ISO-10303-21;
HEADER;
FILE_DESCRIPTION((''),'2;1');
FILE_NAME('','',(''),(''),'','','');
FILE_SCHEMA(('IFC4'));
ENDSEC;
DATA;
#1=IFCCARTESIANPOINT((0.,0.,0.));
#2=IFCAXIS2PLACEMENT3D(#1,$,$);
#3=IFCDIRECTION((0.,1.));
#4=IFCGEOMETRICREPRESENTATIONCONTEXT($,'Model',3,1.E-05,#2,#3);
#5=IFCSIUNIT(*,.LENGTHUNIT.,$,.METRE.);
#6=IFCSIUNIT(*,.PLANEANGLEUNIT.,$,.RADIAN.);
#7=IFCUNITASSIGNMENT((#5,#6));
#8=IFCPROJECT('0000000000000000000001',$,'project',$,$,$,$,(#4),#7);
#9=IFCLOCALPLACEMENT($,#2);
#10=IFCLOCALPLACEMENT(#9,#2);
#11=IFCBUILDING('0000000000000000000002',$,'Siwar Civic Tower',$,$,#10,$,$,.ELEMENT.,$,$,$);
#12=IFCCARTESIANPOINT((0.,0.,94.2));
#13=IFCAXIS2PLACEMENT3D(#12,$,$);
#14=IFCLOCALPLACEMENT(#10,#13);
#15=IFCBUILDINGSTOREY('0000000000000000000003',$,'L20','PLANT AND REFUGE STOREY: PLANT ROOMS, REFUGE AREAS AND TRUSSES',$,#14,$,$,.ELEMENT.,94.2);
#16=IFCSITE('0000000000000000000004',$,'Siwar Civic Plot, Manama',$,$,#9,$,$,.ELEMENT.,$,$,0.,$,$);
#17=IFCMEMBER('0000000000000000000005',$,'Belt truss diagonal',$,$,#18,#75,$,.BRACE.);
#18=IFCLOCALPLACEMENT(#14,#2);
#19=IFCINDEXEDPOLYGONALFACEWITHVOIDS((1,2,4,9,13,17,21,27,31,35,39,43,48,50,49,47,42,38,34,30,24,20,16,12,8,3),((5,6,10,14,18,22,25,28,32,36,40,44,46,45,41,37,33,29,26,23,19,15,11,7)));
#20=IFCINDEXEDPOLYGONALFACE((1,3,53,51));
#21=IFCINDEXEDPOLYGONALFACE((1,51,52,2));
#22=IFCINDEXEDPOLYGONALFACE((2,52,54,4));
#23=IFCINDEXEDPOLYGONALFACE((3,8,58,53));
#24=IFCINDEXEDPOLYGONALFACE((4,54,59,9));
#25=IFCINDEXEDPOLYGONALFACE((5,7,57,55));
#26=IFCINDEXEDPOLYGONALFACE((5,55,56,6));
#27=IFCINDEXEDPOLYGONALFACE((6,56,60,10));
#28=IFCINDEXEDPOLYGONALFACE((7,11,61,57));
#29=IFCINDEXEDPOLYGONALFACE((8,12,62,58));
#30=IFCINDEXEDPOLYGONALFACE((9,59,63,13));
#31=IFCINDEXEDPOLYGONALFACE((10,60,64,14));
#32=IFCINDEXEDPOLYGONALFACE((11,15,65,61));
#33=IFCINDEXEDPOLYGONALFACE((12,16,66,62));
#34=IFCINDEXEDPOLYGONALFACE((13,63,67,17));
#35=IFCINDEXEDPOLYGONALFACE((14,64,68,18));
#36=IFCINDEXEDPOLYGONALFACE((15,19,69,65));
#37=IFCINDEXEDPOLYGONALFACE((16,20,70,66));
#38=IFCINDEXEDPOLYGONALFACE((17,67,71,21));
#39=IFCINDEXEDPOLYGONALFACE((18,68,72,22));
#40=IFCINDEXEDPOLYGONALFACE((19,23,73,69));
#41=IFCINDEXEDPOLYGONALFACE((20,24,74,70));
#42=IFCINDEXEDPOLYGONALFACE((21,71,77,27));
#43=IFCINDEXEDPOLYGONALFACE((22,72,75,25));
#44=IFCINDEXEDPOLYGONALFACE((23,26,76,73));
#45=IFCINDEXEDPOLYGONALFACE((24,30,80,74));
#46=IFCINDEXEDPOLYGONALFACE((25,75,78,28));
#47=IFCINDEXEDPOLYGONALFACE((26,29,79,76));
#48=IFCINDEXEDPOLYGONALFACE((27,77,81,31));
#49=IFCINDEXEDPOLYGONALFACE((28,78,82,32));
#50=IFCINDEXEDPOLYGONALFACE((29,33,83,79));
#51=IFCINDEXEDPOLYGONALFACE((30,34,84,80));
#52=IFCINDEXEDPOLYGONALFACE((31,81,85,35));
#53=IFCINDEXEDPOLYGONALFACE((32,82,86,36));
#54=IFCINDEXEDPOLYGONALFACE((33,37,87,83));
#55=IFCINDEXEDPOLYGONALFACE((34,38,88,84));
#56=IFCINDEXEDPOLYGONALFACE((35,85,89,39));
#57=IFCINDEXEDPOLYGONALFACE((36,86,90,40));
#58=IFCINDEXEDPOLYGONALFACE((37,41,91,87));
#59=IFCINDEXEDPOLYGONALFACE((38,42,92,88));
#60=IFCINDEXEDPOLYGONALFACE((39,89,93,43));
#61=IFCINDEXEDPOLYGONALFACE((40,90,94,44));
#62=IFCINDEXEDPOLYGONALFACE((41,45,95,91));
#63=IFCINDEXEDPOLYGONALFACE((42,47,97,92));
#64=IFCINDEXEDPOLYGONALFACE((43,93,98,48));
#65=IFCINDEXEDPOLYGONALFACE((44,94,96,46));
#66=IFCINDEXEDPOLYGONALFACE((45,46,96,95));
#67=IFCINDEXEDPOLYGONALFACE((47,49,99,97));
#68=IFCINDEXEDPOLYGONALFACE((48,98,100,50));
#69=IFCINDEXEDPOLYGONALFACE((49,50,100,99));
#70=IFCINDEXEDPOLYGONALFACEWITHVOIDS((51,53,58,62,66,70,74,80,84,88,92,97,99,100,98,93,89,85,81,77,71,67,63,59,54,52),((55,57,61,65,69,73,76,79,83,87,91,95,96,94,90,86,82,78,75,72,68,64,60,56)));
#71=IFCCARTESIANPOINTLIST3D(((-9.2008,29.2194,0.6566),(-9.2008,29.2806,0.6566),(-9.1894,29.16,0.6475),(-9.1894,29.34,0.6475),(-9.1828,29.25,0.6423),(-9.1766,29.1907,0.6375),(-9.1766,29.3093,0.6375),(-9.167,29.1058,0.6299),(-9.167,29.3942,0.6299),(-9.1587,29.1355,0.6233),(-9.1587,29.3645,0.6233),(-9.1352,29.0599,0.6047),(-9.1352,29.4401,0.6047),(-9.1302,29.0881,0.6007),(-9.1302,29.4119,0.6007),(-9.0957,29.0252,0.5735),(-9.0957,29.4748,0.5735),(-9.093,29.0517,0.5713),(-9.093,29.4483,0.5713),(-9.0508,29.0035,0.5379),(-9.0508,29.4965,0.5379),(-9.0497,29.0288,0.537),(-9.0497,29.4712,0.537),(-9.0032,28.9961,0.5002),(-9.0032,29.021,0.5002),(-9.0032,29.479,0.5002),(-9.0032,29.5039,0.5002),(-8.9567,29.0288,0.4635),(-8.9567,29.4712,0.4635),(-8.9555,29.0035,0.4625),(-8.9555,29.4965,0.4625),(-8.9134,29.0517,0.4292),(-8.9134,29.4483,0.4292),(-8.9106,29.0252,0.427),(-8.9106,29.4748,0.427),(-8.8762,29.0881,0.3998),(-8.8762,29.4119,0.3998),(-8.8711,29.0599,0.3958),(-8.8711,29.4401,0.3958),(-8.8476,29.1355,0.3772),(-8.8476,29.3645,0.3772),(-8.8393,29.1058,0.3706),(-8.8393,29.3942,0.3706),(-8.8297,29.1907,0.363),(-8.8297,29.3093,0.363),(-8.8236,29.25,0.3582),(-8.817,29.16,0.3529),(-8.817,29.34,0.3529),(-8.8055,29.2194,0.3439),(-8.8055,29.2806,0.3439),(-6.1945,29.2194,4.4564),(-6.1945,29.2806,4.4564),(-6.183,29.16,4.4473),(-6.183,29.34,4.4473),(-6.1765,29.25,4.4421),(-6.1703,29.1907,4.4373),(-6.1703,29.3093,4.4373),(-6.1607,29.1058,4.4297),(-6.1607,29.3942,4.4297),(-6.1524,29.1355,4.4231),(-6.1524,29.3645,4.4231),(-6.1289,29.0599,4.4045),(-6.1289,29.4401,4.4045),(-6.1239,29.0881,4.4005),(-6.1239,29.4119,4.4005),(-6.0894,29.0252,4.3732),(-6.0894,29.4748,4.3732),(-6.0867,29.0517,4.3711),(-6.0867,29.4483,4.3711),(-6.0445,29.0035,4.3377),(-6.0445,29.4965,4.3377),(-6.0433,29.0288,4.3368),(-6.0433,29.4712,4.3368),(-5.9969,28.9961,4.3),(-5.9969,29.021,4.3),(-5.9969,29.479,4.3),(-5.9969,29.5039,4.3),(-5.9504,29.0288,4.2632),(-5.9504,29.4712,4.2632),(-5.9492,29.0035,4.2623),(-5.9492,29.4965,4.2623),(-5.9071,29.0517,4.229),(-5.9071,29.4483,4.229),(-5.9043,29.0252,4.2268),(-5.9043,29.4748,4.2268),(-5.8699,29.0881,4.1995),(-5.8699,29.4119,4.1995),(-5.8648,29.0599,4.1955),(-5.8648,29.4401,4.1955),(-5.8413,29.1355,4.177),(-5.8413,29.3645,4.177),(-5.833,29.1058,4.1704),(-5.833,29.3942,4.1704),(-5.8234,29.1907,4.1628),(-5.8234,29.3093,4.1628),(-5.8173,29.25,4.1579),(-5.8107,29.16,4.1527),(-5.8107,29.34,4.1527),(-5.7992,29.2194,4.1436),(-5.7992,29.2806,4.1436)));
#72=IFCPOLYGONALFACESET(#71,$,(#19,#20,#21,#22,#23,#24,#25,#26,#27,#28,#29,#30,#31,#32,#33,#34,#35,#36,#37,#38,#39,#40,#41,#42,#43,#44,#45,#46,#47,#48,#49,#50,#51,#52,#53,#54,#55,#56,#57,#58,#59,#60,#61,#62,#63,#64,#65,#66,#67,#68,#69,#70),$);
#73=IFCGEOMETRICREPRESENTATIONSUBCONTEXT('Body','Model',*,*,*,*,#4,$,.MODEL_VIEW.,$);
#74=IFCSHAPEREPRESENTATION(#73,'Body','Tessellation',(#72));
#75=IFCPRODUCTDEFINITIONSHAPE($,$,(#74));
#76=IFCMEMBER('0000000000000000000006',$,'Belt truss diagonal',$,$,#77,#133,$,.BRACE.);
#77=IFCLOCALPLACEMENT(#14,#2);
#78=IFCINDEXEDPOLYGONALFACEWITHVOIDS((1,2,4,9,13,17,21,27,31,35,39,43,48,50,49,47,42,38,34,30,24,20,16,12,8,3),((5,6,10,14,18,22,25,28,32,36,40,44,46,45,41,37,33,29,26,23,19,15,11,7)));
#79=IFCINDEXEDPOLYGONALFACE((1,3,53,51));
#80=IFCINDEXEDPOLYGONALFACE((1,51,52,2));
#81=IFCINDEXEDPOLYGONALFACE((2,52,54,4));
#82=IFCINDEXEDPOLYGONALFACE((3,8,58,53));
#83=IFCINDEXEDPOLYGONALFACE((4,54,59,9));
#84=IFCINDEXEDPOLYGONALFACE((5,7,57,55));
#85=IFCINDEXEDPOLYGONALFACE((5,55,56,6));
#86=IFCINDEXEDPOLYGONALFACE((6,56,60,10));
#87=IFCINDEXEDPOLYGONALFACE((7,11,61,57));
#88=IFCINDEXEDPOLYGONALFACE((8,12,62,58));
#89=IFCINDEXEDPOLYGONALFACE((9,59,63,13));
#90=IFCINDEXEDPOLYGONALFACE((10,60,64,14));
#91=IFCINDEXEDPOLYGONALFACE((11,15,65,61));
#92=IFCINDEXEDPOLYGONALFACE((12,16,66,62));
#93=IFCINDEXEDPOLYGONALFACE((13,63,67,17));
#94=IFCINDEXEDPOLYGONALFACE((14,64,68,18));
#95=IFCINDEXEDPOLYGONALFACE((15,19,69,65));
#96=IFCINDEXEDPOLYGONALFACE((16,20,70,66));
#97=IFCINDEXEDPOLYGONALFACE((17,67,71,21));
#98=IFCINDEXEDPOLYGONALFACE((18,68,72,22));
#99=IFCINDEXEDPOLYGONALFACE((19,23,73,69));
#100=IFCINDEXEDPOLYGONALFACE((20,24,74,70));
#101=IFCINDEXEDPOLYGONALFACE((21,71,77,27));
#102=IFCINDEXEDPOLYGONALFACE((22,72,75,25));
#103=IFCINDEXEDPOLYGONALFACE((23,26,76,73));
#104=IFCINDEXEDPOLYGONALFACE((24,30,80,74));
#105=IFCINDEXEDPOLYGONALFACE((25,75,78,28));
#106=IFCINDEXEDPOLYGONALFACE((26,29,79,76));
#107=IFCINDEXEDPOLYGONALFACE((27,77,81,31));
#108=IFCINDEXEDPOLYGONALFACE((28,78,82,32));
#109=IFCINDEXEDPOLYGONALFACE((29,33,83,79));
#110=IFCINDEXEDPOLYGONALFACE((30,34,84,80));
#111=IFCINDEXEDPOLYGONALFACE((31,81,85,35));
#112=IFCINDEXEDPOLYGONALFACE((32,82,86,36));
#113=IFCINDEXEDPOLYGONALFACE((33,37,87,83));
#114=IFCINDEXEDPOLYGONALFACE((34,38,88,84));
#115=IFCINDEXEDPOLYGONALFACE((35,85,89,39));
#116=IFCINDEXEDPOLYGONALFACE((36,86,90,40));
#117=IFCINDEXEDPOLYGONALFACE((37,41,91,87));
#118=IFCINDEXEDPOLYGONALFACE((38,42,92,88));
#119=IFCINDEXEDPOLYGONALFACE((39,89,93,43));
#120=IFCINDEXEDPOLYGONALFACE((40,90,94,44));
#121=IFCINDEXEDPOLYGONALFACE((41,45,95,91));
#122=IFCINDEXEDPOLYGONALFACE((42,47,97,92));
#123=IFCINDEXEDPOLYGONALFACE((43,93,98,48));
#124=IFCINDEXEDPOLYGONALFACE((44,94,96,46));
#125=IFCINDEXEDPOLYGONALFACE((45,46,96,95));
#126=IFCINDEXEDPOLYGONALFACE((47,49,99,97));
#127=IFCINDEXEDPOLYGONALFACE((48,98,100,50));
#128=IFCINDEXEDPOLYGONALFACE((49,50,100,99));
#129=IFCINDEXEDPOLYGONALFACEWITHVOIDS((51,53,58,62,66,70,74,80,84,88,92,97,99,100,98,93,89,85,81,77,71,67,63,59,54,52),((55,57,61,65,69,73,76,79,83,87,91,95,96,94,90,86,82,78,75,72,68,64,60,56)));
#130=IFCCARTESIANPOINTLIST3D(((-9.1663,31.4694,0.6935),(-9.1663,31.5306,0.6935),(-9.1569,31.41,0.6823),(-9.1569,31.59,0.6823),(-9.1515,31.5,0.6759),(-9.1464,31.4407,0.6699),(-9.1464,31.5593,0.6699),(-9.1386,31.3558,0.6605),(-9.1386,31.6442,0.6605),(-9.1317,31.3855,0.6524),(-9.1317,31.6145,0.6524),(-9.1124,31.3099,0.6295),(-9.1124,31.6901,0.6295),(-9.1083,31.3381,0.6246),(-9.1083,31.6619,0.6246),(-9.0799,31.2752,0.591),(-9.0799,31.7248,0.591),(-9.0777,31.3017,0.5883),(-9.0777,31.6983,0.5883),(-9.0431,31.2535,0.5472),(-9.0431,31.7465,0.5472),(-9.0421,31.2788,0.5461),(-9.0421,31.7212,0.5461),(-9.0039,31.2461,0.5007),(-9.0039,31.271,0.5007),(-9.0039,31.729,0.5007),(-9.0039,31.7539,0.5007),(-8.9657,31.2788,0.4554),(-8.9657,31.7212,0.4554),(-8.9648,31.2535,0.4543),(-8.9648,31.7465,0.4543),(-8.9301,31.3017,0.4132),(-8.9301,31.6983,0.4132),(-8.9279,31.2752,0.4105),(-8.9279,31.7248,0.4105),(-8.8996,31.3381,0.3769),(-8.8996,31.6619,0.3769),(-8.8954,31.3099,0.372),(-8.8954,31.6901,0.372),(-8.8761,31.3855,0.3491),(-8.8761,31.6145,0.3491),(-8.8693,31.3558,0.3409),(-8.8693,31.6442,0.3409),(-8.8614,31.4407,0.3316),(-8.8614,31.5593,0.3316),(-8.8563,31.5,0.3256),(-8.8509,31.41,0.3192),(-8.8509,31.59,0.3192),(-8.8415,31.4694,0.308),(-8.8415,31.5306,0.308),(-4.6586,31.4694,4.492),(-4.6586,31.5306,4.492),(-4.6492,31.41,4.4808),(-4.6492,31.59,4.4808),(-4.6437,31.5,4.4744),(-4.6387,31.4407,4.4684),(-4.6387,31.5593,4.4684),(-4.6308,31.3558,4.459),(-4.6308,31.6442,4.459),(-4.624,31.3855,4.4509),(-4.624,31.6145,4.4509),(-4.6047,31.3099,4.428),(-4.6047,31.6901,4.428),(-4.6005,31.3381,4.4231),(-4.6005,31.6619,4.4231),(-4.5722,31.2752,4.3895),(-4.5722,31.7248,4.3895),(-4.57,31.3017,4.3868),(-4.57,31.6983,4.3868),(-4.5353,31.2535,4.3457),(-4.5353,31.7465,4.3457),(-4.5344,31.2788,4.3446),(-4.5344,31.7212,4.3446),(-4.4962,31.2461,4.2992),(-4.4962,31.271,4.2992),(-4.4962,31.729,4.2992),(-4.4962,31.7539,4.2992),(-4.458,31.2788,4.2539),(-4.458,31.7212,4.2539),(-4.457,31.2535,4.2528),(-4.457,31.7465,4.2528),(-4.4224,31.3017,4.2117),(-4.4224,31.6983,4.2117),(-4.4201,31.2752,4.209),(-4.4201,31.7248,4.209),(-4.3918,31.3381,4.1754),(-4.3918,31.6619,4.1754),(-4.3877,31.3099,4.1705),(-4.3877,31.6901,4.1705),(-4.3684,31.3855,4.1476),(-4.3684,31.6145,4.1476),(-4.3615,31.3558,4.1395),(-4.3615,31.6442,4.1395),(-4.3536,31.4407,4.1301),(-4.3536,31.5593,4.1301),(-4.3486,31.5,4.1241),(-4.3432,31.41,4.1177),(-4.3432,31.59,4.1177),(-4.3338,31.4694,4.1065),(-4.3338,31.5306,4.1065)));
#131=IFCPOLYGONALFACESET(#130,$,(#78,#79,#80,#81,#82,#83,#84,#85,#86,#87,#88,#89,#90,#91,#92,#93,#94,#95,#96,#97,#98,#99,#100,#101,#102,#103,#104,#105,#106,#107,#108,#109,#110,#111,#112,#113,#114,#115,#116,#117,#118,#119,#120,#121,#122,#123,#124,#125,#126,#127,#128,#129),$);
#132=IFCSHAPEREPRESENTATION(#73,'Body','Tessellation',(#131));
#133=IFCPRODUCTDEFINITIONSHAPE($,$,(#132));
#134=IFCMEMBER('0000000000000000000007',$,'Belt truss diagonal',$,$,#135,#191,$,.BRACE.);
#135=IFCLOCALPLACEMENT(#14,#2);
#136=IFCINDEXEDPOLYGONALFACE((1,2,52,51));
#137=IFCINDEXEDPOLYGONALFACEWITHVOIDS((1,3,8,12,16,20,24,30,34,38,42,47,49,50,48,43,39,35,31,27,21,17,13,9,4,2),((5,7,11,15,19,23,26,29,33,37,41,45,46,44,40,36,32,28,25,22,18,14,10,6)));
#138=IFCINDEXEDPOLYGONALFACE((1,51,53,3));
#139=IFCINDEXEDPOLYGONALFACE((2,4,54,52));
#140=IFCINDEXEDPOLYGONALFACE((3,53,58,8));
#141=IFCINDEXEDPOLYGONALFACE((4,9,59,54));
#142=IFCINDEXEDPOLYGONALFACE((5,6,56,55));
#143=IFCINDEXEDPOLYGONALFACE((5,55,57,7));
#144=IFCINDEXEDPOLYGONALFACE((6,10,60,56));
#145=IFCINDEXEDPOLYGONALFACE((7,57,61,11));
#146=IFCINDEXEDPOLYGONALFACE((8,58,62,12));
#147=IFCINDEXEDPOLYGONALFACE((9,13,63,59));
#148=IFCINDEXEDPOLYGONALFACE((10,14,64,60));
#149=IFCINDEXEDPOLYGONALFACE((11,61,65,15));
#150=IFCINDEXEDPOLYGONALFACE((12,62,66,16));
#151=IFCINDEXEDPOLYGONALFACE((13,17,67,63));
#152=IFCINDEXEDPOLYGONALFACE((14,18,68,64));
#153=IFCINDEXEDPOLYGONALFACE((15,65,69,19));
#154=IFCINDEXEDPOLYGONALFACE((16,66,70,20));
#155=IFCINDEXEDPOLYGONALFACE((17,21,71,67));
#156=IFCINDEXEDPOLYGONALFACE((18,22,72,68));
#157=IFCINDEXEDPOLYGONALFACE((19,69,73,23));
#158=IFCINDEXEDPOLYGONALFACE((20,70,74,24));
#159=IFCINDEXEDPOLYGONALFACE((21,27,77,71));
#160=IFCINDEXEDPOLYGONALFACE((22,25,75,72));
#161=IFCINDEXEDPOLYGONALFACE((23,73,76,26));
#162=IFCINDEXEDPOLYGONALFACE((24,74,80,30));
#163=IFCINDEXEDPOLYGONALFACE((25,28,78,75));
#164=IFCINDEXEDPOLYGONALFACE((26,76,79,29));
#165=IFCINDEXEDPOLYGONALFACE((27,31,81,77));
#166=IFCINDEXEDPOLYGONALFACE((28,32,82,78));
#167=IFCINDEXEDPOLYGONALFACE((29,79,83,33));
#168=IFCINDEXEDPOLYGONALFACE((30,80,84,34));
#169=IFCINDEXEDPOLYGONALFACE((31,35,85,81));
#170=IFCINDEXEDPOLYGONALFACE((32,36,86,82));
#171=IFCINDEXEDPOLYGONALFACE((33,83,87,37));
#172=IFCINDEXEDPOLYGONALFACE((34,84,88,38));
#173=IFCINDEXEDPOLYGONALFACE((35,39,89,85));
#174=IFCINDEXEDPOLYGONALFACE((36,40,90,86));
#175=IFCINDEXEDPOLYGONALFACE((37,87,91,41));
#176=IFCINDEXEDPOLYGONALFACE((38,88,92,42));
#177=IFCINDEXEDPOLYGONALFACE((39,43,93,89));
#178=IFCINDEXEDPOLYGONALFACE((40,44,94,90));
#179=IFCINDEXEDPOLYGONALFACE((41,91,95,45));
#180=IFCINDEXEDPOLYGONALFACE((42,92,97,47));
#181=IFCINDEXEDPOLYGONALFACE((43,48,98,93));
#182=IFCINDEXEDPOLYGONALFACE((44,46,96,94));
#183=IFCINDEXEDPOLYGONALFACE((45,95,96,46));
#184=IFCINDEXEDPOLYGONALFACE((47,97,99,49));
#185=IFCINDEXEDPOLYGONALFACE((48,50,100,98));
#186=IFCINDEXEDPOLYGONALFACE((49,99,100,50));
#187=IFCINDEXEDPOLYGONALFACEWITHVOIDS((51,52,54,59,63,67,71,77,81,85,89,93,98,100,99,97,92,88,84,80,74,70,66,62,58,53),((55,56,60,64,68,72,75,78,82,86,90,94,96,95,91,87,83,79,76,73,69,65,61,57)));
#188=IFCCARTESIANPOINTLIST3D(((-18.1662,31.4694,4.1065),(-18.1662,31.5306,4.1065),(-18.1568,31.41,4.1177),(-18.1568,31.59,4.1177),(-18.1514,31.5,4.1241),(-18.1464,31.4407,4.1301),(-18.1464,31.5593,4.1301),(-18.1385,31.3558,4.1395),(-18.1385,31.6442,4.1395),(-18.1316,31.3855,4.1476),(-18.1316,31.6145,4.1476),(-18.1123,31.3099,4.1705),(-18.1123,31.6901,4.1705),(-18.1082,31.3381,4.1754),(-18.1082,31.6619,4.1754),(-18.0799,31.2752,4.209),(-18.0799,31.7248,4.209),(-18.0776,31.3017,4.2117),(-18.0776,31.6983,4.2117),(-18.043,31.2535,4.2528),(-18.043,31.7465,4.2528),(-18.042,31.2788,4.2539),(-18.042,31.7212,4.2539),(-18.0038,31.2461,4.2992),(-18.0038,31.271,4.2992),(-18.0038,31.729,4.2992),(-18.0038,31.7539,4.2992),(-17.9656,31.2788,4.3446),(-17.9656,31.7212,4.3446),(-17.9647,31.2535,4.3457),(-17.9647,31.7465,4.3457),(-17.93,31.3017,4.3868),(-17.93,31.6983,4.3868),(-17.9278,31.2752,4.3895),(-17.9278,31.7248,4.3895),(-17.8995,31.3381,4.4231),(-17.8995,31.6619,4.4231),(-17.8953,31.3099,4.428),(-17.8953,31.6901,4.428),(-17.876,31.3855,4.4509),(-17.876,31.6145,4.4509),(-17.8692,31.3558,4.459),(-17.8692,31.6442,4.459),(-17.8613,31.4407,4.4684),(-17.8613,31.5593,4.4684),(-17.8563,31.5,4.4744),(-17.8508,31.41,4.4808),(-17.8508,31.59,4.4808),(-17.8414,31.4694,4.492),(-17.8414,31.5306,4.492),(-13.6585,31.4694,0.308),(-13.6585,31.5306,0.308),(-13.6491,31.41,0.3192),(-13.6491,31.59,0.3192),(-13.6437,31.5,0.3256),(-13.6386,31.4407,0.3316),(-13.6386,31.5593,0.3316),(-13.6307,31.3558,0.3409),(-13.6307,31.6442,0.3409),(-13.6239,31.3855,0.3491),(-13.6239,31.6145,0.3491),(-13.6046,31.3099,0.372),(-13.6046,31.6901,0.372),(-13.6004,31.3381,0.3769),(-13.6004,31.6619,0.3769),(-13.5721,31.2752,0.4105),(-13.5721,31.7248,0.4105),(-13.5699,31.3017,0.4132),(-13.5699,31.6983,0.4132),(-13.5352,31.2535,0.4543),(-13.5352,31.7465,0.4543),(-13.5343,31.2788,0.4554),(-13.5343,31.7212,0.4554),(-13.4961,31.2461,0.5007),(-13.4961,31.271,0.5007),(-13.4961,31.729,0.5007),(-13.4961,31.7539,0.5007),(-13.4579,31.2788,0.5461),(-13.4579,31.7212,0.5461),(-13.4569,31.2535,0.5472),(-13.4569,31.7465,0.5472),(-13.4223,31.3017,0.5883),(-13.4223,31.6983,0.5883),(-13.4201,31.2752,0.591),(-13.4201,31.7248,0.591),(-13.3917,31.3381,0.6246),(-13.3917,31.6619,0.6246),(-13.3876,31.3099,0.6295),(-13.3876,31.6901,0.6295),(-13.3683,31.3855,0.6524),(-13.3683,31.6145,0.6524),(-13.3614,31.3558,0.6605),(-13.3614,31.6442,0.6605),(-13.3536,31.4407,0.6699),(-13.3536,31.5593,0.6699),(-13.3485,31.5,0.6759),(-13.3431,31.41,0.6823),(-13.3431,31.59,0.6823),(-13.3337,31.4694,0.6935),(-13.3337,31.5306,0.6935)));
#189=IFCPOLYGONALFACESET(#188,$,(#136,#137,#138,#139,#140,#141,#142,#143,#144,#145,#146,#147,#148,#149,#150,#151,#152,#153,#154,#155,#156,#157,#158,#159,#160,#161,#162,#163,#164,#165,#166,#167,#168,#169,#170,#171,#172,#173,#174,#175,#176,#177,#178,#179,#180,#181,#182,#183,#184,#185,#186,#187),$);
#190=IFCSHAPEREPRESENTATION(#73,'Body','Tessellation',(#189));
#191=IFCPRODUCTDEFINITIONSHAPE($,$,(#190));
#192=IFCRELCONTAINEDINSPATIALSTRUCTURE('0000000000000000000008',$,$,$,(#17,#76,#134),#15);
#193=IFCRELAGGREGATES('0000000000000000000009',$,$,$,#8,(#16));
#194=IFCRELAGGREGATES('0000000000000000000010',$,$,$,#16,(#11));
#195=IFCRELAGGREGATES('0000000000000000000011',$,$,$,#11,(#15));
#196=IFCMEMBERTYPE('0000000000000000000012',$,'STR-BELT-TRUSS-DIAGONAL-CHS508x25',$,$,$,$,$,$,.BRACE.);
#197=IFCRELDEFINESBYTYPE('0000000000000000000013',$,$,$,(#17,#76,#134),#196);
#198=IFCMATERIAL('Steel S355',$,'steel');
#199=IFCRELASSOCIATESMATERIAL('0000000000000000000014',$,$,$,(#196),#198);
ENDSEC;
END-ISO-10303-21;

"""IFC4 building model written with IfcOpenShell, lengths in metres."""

from ifc_helpers import new_model, si_unit, direction, frame, origin, origin_2d, place, context, subcontext, project, spatial, hollow_circle, extrude, material, material_profile, profile_set, type_object, element, save


model = new_model("IFC4")

# Units and contexts
model_context = context("Model", 3, precision=1e-05, world=origin(), true_north=direction((0.0, 1.0)))
body_context = subcontext(model_context, "Body", "Model", "MODEL_VIEW")
ifc_project = project(units=[si_unit("LENGTHUNIT", "METRE"), si_unit("PLANEANGLEUNIT", "RADIAN")], contexts=[model_context])

# Site, building, storey
site_placement = place(None, origin())
site = spatial("IfcSite", under=ifc_project, at=site_placement, Name="Siwar Civic Plot, Manama", CompositionType="ELEMENT", RefElevation=0.0)
building_placement = place(site_placement, origin())
building = spatial("IfcBuilding", under=site, at=building_placement, Name="Siwar Civic Tower", CompositionType="ELEMENT")
storey_placement = place(building_placement, frame((0.0, 0.0, 94.2)))
storey = spatial("IfcBuildingStorey", under=building, at=storey_placement, Name="L20", Description="PLANT AND REFUGE STOREY: PLANT ROOMS, REFUGE AREAS AND TRUSSES", CompositionType="ELEMENT", Elevation=94.2)

# Members
ifc_material_1 = material(Name="Steel S355", Category="steel")
ifc_material_profile_1 = material_profile(ifc_material_1, hollow_circle(Radius=0.2539, WallThickness=0.0249, at=origin_2d()), Name="CHS508x25")
ifc_profile_set_1 = profile_set([ifc_material_profile_1], Name="Steel S355")
member_type_1 = type_object("IfcMemberType", Name="STR-BELT-TRUSS-DIAGONAL-CHS508x25", PredefinedType="BRACE", material=ifc_profile_set_1)
member_1_placement = place(storey_placement, frame((-9.0032, 29.25, 0.5002), z_axis=(0.620471, 0.0, 0.78423), x_axis=(0.0, 1.0, 0.0)))
element("IfcMember", 1, at=member_1_placement, inside=storey, type_object=member_type_1, Name="Belt truss diagonal", PredefinedType="BRACE", context=body_context, shape_type="SweptSolid", body=[
    extrude(hollow_circle(Radius=0.2539, WallThickness=0.0249, at=origin_2d()), origin(), (0.0, 0.0, 1.0), 4.8452),
])
for number, where, z_axis, x_axis, name in (
    (2, (-9.0039, 31.5, 0.5007), (0.7647, 0.0, 0.644387), (0.0, 1.0, 0.0), "Belt truss diagonal"),
    (3, (-13.4961, 31.5, 0.5007), (-0.7647, 0.0, 0.644387), (0.0, -1.0, 0.0), "Belt truss diagonal"),
):
    element("IfcMember", number, at=place(storey_placement, frame(where, z_axis=z_axis, x_axis=x_axis)), inside=storey, type_object=member_type_1, Name=name, PredefinedType="BRACE", context=body_context, shape_type="SweptSolid", body=[
        extrude(hollow_circle(Radius=0.2539, WallThickness=0.0249, at=origin_2d()), origin(), (0.0, 0.0, 1.0), 5.8948),
    ])

save(model, "model.ifc")
